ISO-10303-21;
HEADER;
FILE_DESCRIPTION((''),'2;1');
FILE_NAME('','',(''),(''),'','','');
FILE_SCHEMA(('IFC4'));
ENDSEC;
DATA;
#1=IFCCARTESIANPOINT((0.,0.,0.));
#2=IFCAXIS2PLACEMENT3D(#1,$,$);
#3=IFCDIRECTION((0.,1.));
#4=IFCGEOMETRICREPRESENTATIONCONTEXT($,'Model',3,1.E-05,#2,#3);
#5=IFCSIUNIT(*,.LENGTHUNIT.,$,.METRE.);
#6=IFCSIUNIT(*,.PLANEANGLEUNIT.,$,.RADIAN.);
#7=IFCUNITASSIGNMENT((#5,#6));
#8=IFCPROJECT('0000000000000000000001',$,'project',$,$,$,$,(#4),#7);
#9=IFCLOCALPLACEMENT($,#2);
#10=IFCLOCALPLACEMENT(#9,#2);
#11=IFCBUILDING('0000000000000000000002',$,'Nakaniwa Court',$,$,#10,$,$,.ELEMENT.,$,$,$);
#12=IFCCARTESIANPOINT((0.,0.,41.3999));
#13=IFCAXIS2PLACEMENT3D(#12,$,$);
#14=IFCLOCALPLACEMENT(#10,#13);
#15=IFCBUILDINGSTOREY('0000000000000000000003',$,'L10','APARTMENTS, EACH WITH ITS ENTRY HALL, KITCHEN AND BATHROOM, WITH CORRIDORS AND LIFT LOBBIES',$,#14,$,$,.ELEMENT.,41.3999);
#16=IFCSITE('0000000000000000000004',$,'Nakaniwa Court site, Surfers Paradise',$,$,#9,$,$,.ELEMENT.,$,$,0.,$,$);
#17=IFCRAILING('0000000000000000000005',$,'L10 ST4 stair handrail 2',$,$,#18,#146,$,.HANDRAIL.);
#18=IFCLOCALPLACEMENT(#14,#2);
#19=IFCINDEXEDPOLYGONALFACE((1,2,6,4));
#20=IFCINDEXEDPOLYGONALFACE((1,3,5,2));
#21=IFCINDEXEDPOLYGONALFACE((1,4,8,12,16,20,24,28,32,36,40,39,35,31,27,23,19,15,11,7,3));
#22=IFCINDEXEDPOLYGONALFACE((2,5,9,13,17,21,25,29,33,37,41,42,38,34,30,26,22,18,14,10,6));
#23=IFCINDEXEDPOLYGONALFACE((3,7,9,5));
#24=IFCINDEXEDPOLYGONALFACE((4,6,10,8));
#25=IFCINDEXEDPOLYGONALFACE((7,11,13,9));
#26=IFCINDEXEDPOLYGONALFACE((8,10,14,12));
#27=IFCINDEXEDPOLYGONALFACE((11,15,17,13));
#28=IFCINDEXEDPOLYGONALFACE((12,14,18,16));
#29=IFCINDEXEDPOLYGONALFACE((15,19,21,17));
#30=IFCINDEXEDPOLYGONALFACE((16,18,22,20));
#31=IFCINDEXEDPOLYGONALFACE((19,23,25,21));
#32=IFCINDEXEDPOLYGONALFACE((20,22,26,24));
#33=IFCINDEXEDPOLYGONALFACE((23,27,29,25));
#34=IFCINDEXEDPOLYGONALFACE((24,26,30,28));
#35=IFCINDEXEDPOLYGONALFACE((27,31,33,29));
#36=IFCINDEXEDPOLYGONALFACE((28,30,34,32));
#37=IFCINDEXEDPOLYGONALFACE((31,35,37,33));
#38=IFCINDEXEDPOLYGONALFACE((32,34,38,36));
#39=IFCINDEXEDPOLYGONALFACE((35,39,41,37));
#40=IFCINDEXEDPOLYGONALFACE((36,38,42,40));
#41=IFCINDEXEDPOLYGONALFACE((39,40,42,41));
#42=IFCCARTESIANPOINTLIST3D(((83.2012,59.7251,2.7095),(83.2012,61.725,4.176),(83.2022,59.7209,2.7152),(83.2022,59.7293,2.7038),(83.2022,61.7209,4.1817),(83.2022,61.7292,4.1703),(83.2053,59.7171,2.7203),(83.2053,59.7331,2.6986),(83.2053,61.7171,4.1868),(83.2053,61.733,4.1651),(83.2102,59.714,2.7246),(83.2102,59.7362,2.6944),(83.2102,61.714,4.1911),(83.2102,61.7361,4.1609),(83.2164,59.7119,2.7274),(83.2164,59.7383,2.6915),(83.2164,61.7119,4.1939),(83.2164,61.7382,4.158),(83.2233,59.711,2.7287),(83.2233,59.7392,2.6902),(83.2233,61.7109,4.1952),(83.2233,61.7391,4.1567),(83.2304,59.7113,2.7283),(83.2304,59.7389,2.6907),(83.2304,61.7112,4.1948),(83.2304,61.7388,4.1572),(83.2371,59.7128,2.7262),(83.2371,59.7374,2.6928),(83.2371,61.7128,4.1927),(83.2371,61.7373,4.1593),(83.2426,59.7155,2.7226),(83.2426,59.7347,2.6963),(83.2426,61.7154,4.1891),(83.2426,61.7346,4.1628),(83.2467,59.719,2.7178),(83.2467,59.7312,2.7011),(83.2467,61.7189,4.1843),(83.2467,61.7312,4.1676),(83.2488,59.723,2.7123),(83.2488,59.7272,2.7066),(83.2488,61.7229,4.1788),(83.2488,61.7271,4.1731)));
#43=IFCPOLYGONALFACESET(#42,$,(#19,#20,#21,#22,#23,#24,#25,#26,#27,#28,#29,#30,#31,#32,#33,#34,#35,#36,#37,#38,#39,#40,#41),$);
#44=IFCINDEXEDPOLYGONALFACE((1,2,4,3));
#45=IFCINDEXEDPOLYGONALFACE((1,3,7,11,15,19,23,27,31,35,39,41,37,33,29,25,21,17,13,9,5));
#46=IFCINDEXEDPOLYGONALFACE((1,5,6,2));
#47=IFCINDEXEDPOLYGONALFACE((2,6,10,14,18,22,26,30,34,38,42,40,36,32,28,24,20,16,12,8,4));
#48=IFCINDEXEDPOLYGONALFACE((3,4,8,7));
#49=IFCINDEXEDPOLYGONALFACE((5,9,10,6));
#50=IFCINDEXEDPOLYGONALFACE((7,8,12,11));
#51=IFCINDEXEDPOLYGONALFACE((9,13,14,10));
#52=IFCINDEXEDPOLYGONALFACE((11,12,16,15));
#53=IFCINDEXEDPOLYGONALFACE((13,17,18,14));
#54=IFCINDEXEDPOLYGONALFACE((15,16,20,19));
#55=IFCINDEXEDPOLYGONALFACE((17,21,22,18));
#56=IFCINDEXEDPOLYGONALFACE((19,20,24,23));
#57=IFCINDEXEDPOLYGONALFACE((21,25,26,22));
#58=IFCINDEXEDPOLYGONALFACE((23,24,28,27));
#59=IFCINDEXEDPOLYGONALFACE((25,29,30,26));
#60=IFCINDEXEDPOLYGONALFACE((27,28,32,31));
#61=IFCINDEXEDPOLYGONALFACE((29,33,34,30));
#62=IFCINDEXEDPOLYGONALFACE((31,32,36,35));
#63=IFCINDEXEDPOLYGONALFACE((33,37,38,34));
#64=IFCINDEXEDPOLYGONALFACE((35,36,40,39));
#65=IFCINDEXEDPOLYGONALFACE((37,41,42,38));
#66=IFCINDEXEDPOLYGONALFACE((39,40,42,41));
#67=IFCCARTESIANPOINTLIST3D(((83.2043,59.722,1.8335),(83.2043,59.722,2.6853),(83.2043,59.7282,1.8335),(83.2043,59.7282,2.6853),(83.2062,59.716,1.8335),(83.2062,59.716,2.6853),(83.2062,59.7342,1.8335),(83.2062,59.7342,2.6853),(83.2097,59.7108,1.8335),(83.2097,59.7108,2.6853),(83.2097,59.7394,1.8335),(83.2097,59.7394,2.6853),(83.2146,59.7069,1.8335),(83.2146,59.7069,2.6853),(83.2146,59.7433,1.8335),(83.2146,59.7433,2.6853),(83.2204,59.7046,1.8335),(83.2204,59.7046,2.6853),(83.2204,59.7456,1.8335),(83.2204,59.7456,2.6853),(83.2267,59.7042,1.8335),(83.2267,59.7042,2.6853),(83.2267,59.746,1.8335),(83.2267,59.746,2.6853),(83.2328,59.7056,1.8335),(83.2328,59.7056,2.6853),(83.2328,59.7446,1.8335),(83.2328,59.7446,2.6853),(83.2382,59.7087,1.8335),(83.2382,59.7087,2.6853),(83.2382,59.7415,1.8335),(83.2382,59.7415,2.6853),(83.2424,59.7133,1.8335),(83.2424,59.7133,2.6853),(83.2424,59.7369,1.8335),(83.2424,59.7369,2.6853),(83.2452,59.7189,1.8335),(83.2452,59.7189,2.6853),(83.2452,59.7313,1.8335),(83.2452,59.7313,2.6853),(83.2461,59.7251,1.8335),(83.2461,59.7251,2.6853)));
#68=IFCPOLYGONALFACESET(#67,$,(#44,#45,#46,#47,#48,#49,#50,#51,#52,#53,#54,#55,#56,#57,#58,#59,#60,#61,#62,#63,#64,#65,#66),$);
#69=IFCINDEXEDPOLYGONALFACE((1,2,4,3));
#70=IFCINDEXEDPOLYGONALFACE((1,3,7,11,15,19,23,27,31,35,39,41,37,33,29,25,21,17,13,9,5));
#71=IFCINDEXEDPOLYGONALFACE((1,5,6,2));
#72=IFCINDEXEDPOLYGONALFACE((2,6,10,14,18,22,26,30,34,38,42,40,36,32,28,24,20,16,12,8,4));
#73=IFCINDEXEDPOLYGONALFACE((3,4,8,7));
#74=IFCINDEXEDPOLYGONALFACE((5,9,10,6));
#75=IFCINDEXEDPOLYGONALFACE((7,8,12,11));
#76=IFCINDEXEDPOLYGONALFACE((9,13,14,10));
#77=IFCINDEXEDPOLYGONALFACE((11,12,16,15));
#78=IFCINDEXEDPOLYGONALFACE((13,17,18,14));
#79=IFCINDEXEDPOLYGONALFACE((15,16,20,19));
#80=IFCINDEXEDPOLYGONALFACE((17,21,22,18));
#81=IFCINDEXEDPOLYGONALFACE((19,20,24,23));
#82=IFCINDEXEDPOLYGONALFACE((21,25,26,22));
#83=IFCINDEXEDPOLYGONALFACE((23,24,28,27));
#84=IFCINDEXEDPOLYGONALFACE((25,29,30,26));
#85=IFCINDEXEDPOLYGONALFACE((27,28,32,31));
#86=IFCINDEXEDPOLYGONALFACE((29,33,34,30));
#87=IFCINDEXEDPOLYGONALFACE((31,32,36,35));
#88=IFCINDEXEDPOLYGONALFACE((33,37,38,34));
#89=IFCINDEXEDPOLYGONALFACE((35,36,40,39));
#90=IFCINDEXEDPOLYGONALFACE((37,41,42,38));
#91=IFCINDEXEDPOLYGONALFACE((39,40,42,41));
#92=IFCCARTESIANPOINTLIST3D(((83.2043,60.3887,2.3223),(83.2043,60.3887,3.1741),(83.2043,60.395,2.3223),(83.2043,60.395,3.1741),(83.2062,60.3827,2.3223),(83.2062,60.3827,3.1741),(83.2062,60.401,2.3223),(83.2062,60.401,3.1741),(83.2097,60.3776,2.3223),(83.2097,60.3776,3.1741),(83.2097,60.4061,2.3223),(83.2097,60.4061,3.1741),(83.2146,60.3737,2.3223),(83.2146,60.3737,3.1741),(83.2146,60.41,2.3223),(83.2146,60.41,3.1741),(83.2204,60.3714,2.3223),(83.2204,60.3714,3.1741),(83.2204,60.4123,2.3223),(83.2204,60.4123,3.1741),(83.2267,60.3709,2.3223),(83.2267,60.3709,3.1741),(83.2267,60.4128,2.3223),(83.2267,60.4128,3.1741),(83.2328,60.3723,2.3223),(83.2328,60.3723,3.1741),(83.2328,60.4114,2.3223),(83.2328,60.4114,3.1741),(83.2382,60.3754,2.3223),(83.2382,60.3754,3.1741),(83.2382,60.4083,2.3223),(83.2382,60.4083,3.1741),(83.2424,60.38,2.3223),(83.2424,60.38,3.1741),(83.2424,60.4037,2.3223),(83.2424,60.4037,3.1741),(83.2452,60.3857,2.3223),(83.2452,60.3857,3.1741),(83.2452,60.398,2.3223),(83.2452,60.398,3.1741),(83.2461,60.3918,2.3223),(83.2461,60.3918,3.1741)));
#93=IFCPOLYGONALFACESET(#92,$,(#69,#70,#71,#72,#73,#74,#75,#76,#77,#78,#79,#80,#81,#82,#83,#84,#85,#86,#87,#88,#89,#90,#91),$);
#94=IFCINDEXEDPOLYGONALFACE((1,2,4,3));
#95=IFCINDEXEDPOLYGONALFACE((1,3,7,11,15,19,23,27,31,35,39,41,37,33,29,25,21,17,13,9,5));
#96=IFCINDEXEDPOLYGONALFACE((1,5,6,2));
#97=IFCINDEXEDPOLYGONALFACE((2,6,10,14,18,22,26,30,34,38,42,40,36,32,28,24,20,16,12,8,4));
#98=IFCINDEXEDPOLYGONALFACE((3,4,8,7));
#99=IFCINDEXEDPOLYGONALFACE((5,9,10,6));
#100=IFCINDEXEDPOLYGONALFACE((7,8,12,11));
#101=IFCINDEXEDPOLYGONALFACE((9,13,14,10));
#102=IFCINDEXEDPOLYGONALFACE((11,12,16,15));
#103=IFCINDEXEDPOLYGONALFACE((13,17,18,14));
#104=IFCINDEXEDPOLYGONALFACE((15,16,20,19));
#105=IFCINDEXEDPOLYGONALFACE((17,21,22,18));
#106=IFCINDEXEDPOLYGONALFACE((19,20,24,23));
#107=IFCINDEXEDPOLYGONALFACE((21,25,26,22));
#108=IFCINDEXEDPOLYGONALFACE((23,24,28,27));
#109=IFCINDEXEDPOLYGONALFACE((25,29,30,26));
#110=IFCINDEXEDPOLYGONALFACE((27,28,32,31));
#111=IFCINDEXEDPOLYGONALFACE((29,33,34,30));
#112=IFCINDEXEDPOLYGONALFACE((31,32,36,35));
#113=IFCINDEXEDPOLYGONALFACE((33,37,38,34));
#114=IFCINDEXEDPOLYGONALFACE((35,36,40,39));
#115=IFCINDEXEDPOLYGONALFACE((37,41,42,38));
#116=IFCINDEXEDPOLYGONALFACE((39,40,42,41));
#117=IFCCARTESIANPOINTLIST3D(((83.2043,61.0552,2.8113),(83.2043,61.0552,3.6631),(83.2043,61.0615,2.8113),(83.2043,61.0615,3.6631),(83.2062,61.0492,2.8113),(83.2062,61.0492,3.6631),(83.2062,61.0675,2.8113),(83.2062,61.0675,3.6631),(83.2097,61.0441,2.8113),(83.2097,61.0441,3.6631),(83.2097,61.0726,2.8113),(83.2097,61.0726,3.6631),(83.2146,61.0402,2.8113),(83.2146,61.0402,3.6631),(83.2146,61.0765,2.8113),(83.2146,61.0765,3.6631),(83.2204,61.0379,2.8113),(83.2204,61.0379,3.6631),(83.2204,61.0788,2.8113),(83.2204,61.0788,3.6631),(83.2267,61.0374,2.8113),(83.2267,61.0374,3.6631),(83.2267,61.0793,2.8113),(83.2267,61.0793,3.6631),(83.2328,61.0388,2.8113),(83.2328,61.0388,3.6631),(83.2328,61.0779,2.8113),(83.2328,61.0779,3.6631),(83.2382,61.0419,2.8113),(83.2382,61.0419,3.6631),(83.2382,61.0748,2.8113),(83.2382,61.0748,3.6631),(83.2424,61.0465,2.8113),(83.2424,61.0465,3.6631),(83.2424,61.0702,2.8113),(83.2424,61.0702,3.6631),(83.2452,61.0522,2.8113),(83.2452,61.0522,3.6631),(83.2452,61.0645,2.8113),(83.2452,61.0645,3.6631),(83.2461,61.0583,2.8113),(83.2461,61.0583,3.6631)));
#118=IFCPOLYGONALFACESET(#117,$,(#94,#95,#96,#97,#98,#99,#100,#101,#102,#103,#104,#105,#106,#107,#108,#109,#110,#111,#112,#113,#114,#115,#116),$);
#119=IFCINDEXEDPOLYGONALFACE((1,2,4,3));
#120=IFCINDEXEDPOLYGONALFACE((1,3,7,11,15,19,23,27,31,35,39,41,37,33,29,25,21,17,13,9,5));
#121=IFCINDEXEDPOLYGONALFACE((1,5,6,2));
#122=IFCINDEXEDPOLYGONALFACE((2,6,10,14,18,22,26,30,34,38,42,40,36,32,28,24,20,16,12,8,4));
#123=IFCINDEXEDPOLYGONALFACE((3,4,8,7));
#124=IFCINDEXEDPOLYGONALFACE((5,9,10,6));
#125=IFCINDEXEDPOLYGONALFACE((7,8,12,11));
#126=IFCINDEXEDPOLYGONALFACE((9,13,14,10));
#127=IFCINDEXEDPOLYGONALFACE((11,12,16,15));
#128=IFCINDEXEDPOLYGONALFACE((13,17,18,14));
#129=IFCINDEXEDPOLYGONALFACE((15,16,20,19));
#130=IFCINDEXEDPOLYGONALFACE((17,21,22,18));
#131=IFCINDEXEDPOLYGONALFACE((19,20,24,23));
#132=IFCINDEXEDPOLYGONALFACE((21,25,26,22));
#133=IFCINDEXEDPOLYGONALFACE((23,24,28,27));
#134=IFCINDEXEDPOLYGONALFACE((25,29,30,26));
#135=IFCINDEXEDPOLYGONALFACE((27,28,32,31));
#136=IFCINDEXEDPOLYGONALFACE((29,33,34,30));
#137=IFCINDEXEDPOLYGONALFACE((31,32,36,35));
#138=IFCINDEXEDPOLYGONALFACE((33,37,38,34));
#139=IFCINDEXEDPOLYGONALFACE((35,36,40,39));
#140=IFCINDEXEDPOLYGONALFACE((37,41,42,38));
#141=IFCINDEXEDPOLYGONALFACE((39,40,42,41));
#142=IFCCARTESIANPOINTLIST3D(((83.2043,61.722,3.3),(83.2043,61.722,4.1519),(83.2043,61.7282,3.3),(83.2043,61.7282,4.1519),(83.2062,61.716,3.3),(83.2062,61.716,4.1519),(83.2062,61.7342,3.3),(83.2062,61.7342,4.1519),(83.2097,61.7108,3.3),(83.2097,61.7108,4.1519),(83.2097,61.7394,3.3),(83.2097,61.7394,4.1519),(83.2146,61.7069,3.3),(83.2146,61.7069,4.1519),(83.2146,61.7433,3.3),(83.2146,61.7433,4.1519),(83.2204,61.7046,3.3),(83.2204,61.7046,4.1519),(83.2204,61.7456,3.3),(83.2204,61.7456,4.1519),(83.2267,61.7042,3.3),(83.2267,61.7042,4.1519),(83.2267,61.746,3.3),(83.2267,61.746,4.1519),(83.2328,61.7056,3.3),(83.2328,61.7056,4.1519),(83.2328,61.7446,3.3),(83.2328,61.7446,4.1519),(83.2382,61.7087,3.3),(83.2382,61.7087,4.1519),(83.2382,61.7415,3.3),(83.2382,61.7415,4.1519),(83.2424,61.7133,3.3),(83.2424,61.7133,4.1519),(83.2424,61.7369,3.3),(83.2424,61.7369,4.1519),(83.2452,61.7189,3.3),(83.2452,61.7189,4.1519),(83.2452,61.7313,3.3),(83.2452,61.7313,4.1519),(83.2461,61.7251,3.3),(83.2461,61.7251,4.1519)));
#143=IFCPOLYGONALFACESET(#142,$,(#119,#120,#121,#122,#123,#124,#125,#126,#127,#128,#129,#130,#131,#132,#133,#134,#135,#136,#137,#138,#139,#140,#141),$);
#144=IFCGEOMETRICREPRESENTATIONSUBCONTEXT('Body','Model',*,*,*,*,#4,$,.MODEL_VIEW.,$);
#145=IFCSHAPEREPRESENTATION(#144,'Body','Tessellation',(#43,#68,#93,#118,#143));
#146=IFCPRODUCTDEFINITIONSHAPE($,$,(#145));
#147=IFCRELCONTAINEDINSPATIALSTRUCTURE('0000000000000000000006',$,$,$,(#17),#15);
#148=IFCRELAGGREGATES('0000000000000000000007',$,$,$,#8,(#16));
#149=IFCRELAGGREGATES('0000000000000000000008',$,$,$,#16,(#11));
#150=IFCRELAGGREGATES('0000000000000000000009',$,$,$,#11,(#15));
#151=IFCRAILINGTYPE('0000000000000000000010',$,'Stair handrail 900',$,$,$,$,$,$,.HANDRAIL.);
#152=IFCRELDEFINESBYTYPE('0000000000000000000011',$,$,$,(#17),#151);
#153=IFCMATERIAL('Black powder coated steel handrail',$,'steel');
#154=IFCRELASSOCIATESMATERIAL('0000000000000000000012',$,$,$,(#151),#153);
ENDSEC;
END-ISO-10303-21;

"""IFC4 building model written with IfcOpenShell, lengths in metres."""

from ifc_helpers import new_model, si_unit, direction, frame, origin, origin_2d, place, context, subcontext, project, spatial, circle, extrude, material, type_object, element, save


model = new_model("IFC4")

# Units and contexts
model_context = context("Model", 3, precision=1e-05, world=origin(), true_north=direction((0.0, 1.0)))
body_context = subcontext(model_context, "Body", "Model", "MODEL_VIEW")
ifc_project = project(units=[si_unit("LENGTHUNIT", "METRE"), si_unit("PLANEANGLEUNIT", "RADIAN")], contexts=[model_context])

# Site, building, storey
site_placement = place(None, origin())
site = spatial("IfcSite", under=ifc_project, at=site_placement, Name="Nakaniwa Court site, Surfers Paradise", CompositionType="ELEMENT", RefElevation=0.0)
building_placement = place(site_placement, origin())
building = spatial("IfcBuilding", under=site, at=building_placement, Name="Nakaniwa Court", CompositionType="ELEMENT")
storey_placement = place(building_placement, frame((0.0, 0.0, 41.3999)))
storey = spatial("IfcBuildingStorey", under=building, at=storey_placement, Name="L10", Description="APARTMENTS, EACH WITH ITS ENTRY HALL, KITCHEN AND BATHROOM, WITH CORRIDORS AND LIFT LOBBIES", CompositionType="ELEMENT", Elevation=41.3999)

# Railing
ifc_material_1 = material(Name="Black powder coated steel handrail", Category="steel")
railing_type_1 = type_object("IfcRailingType", Name="Stair handrail 900", PredefinedType="HANDRAIL", material=ifc_material_1)
railing_1_placement = place(storey_placement, frame((83.2251, 59.7251, 1.8335)))
element("IfcRailing", 1, at=railing_1_placement, inside=storey, type_object=railing_type_1, Name="L10 ST4 stair handrail 2", PredefinedType="HANDRAIL", context=body_context, shape_type="SweptSolid", body=[
    extrude(circle(Radius=0.0239, at=origin_2d()), frame((0.0, 0.0, 0.876), z_axis=(0.0, 0.806427, 0.591334), x_axis=(-1.0, 0.0, 0.0)), (0.0, 0.0, 1.0), 2.48),
    extrude(circle(Radius=0.021, at=origin_2d()), origin(), (0.0, 0.0, 1.0), 0.8518),
    extrude(circle(Radius=0.021, at=origin_2d()), frame((0.0, 0.6667, 0.4888)), (0.0, 0.0, 1.0), 0.8518),
    extrude(circle(Radius=0.021, at=origin_2d()), frame((0.0, 1.3333, 0.9778)), (0.0, 0.0, 1.0), 0.8518),
    extrude(circle(Radius=0.021, at=origin_2d()), frame((0.0, 2.0, 1.4666)), (0.0, 0.0, 1.0), 0.8518),
])

save(model, "model.ifc")
